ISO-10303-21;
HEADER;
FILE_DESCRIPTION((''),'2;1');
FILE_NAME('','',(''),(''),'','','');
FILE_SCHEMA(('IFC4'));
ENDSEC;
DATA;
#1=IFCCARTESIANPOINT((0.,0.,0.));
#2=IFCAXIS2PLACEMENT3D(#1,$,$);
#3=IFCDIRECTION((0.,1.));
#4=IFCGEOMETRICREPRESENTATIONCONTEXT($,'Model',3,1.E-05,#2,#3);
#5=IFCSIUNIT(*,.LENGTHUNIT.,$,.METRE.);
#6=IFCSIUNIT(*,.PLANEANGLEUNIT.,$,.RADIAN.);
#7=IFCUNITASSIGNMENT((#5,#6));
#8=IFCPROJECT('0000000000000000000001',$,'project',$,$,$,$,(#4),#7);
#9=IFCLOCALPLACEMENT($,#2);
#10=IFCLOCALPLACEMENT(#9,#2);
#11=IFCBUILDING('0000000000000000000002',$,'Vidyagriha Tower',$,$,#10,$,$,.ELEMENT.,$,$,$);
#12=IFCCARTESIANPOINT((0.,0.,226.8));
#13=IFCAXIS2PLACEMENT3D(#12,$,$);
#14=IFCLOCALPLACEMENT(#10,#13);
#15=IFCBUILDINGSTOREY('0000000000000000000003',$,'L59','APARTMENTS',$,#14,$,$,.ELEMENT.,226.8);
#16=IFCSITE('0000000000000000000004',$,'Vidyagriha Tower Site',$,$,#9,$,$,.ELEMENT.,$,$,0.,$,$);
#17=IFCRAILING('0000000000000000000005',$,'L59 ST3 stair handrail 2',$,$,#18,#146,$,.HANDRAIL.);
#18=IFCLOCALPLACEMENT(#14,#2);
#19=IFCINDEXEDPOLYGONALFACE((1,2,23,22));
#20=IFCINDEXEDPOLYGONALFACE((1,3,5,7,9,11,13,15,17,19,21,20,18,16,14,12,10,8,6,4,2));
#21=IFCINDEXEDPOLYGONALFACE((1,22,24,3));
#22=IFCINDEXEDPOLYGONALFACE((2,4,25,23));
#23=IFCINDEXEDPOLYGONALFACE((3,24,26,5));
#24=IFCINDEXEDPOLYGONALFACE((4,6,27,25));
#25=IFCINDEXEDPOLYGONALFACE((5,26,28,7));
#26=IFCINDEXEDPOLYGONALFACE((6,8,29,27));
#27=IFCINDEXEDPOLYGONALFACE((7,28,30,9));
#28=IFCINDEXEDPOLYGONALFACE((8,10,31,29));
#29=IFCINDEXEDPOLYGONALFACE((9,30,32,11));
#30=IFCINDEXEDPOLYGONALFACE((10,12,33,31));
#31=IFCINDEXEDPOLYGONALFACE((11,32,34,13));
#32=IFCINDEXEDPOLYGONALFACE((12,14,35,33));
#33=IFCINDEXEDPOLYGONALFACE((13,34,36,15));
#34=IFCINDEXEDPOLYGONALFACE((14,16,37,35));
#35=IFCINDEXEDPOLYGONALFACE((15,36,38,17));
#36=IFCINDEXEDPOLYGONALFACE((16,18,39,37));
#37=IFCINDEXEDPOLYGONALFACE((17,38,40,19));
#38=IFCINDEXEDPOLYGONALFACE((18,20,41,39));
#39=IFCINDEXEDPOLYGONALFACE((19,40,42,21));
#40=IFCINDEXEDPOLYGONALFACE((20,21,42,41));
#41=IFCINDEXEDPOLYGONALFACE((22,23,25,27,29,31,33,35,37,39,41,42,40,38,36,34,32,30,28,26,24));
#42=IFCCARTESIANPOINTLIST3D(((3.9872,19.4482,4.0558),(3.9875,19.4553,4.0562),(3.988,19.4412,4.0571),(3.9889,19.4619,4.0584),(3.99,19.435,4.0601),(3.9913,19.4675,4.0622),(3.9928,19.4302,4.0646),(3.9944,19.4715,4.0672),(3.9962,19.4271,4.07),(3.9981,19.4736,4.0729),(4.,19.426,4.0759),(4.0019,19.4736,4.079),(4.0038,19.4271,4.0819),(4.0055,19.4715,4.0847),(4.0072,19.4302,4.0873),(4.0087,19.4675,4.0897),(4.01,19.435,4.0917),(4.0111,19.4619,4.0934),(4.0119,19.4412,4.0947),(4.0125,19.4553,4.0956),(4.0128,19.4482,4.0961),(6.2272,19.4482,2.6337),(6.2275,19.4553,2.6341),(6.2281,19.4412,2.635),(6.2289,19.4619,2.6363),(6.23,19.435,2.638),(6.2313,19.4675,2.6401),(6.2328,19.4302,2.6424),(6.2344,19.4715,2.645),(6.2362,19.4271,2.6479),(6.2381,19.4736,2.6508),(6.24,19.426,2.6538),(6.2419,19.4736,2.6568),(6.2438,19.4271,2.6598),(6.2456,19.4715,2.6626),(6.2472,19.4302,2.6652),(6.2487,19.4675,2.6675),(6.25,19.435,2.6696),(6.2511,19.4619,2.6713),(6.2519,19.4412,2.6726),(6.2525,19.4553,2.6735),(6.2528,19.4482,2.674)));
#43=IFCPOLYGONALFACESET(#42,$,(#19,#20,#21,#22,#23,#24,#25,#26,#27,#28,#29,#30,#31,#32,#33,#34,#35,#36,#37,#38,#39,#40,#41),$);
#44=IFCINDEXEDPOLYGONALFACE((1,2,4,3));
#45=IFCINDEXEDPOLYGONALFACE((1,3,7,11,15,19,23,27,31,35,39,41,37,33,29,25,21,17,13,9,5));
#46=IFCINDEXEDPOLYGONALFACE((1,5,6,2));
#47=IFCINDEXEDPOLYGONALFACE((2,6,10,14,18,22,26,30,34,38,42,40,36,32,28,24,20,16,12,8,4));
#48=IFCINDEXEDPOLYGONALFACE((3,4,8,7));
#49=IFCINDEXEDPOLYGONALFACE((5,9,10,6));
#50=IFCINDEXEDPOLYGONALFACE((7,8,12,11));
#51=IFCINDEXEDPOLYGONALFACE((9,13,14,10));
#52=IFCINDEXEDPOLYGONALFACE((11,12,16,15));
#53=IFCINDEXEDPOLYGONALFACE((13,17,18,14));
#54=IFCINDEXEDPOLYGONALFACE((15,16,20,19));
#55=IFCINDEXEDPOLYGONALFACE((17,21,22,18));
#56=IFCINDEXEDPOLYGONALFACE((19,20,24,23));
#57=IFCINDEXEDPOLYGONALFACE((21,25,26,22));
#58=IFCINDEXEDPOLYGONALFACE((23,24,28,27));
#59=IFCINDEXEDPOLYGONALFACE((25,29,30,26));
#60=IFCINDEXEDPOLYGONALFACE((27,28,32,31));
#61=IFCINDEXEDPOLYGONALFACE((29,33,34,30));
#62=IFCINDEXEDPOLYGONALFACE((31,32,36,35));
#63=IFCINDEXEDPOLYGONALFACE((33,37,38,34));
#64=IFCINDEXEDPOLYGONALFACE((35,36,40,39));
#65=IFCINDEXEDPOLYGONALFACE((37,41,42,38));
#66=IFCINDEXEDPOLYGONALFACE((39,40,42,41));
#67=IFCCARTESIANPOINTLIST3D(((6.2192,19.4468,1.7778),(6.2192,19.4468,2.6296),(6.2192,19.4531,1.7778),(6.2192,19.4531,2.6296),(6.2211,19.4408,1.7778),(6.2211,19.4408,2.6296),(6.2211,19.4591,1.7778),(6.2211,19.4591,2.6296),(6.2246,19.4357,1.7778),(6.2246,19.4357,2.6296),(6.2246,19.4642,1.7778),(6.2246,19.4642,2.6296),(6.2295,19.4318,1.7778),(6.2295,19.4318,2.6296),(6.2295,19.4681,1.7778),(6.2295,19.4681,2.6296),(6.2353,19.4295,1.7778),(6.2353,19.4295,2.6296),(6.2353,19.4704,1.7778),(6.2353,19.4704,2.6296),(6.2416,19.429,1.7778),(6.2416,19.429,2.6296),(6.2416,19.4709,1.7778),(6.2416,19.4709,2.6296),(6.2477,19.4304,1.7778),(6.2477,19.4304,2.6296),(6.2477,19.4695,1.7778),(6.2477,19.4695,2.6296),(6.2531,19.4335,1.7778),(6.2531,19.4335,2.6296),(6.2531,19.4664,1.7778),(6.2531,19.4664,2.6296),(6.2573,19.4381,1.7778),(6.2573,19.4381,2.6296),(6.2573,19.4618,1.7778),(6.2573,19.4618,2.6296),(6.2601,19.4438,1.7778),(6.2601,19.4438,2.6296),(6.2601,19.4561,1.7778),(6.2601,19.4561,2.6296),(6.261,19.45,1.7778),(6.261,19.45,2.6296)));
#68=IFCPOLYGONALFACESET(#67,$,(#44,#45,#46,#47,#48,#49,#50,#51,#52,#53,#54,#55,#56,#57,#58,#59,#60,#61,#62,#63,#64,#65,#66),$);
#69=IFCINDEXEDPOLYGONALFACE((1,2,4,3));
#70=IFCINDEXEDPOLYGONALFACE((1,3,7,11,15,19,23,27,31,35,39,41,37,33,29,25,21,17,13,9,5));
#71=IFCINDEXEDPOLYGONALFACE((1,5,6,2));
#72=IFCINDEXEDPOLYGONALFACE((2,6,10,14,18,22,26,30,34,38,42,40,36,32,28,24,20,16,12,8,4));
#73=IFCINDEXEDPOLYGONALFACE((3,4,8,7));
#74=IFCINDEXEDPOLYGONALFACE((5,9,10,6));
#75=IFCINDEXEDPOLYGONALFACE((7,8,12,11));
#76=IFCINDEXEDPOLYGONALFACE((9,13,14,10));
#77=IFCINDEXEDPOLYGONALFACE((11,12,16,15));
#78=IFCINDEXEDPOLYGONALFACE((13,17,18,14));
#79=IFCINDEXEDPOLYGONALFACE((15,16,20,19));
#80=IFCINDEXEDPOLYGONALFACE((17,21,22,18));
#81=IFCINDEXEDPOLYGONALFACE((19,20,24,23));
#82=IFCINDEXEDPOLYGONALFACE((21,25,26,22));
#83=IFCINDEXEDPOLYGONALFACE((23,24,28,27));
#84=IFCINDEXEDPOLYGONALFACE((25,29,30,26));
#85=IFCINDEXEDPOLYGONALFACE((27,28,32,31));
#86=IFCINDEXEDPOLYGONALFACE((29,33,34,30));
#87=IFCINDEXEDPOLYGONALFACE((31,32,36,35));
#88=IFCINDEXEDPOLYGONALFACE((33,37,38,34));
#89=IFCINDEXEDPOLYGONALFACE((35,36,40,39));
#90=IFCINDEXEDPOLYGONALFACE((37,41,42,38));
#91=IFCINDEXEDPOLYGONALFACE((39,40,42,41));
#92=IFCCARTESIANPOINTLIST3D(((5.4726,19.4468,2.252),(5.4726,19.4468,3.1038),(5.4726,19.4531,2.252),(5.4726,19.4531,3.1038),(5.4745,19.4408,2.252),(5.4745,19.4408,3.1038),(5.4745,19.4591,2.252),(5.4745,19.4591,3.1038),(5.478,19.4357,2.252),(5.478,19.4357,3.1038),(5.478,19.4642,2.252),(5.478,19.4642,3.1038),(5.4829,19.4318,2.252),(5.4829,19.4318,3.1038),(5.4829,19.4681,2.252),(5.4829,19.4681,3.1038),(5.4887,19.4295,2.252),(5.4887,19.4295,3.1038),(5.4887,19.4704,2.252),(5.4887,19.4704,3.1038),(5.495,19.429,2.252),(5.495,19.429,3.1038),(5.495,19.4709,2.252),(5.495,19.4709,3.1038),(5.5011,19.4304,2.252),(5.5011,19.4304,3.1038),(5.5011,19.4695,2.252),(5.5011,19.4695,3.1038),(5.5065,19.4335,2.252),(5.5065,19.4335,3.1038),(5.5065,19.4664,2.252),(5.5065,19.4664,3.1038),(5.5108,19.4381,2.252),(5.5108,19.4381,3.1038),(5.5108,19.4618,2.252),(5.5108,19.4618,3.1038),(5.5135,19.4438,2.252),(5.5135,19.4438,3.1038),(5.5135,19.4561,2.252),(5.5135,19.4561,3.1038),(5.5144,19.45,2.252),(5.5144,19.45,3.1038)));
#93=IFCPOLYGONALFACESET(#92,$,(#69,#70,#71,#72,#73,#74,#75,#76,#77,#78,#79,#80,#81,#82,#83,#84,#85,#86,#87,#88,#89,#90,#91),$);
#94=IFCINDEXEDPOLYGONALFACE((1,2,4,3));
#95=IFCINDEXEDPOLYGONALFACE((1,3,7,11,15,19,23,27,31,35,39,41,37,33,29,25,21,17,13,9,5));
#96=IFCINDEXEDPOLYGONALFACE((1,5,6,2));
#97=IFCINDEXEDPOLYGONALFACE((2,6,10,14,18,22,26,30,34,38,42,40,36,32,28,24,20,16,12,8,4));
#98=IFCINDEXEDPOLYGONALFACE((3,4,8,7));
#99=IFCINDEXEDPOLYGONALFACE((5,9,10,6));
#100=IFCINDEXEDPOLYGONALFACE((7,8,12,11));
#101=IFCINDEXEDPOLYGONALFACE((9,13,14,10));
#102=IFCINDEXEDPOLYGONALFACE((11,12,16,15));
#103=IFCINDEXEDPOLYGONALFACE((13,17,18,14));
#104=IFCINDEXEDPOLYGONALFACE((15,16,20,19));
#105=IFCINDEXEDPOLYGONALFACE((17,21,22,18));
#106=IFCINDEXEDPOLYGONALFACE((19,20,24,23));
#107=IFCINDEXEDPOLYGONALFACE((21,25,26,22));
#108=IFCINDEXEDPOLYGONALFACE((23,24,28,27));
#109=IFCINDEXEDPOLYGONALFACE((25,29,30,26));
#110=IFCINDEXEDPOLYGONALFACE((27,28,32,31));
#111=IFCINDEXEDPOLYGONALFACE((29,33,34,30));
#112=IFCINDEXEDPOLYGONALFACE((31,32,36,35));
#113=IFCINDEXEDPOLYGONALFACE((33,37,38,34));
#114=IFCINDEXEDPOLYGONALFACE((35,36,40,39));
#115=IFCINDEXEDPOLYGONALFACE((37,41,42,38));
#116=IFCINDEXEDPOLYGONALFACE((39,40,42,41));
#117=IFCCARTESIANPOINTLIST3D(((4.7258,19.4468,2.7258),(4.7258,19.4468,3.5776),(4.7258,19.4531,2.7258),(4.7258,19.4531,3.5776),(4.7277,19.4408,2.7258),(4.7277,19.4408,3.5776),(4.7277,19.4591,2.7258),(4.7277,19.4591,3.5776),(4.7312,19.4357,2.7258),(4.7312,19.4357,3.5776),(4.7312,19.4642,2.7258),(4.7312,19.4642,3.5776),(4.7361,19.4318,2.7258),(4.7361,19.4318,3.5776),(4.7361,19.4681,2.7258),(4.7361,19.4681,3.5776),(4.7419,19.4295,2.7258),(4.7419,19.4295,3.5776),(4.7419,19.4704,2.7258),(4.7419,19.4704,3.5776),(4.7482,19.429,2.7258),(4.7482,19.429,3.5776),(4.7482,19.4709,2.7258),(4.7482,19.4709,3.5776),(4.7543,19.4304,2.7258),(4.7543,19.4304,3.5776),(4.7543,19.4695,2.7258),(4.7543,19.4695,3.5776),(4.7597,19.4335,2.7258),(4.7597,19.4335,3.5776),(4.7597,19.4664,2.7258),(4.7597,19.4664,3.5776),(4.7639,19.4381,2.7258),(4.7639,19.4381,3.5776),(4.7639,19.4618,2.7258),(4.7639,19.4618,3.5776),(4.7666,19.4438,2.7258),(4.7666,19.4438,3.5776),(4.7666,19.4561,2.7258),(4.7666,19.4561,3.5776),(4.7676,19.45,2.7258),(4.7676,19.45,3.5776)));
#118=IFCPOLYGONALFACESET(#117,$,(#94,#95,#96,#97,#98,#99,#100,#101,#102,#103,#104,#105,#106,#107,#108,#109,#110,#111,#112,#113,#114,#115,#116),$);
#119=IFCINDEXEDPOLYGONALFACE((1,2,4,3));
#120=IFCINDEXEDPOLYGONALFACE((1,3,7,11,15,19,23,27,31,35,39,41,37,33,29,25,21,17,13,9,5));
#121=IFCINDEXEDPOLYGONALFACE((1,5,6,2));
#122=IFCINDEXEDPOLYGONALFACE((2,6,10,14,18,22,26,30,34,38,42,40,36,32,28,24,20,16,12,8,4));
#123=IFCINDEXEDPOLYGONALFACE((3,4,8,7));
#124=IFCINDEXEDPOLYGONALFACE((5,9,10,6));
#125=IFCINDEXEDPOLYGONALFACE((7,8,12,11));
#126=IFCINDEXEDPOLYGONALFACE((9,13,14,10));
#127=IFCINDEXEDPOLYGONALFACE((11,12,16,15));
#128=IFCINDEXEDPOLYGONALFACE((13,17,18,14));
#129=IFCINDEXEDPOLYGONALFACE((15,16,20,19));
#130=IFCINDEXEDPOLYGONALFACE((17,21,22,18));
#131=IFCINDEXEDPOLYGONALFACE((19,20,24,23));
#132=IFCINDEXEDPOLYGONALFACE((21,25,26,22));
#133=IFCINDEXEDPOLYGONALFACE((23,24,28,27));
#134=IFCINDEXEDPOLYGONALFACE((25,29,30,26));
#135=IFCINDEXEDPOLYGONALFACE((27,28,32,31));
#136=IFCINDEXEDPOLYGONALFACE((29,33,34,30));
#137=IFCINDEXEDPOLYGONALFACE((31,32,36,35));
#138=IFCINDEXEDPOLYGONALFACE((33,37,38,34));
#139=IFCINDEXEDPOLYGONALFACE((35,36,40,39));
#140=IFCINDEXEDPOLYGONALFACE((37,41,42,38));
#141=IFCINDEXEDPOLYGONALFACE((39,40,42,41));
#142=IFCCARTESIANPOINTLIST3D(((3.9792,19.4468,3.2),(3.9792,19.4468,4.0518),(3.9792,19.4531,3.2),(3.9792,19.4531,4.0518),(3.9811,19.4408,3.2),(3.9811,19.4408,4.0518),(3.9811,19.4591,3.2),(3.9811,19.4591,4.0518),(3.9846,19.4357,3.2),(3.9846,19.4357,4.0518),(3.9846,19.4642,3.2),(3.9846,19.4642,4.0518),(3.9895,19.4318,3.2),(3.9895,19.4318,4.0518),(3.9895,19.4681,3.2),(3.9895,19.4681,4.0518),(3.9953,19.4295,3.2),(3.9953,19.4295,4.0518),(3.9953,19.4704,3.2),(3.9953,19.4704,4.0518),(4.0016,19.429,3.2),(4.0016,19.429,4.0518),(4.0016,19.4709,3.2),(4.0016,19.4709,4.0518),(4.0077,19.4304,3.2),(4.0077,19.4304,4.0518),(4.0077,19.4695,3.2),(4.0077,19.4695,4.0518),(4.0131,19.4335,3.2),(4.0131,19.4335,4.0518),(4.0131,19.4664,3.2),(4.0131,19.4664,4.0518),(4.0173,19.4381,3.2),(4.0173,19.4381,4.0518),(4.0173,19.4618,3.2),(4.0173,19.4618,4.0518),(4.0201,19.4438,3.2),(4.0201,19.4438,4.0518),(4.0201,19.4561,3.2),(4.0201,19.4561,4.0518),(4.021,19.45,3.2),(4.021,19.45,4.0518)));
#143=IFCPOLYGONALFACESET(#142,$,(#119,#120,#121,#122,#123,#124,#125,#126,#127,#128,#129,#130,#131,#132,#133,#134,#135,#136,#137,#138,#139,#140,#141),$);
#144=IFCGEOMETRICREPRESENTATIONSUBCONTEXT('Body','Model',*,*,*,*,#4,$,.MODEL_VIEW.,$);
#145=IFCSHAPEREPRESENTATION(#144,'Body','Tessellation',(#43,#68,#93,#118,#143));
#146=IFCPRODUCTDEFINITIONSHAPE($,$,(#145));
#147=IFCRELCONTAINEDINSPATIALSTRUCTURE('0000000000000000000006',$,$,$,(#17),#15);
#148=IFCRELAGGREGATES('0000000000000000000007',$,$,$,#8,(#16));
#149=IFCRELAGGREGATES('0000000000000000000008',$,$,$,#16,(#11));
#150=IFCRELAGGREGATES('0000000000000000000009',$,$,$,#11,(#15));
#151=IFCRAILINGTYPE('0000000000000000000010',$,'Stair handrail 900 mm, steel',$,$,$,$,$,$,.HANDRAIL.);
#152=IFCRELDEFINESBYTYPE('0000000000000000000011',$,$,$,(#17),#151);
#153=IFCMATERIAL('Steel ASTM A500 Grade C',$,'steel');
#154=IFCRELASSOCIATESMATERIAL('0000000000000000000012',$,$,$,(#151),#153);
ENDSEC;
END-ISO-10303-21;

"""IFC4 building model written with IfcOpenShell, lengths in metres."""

from ifc_helpers import new_model, si_unit, direction, frame, origin, origin_2d, place, context, subcontext, project, spatial, circle, extrude, material, type_object, element, save


model = new_model("IFC4")

# Units and contexts
model_context = context("Model", 3, precision=1e-05, world=origin(), true_north=direction((0.0, 1.0)))
body_context = subcontext(model_context, "Body", "Model", "MODEL_VIEW")
ifc_project = project(units=[si_unit("LENGTHUNIT", "METRE"), si_unit("PLANEANGLEUNIT", "RADIAN")], contexts=[model_context])

# Site, building, storey
site_placement = place(None, origin())
site = spatial("IfcSite", under=ifc_project, at=site_placement, Name="Vidyagriha Tower Site", CompositionType="ELEMENT", RefElevation=0.0)
building_placement = place(site_placement, origin())
building = spatial("IfcBuilding", under=site, at=building_placement, Name="Vidyagriha Tower", CompositionType="ELEMENT")
storey_placement = place(building_placement, frame((0.0, 0.0, 226.8)))
storey = spatial("IfcBuildingStorey", under=building, at=storey_placement, Name="L59", Description="APARTMENTS", CompositionType="ELEMENT", Elevation=226.8)

# Railing
ifc_material_1 = material(Name="Steel ASTM A500 Grade C", Category="steel")
railing_type_1 = type_object("IfcRailingType", Name="Stair handrail 900 mm, steel", PredefinedType="HANDRAIL", material=ifc_material_1)
railing_1_placement = place(storey_placement, frame((6.24, 19.45, 1.7778)))
element("IfcRailing", 1, at=railing_1_placement, inside=storey, type_object=railing_type_1, Name="L59 ST3 stair handrail 2", PredefinedType="HANDRAIL", context=body_context, shape_type="SweptSolid", body=[
    extrude(circle(Radius=0.0239, at=origin_2d()), frame((0.0, 0.0, 0.876), z_axis=(-0.844229, 0.0, 0.535982), x_axis=(0.0, -1.0, 0.0)), (0.0, 0.0, 1.0), 2.6533),
    extrude(circle(Radius=0.021, at=origin_2d()), origin(), (0.0, 0.0, 1.0), 0.8518),
    extrude(circle(Radius=0.021, at=origin_2d()), frame((-0.7466, 0.0, 0.4741)), (0.0, 0.0, 1.0), 0.8518),
    extrude(circle(Radius=0.021, at=origin_2d()), frame((-1.4934, 0.0, 0.948)), (0.0, 0.0, 1.0), 0.8518),
    extrude(circle(Radius=0.021, at=origin_2d()), frame((-2.24, 0.0, 1.4221)), (0.0, 0.0, 1.0), 0.8518),
])

save(model, "model.ifc")
